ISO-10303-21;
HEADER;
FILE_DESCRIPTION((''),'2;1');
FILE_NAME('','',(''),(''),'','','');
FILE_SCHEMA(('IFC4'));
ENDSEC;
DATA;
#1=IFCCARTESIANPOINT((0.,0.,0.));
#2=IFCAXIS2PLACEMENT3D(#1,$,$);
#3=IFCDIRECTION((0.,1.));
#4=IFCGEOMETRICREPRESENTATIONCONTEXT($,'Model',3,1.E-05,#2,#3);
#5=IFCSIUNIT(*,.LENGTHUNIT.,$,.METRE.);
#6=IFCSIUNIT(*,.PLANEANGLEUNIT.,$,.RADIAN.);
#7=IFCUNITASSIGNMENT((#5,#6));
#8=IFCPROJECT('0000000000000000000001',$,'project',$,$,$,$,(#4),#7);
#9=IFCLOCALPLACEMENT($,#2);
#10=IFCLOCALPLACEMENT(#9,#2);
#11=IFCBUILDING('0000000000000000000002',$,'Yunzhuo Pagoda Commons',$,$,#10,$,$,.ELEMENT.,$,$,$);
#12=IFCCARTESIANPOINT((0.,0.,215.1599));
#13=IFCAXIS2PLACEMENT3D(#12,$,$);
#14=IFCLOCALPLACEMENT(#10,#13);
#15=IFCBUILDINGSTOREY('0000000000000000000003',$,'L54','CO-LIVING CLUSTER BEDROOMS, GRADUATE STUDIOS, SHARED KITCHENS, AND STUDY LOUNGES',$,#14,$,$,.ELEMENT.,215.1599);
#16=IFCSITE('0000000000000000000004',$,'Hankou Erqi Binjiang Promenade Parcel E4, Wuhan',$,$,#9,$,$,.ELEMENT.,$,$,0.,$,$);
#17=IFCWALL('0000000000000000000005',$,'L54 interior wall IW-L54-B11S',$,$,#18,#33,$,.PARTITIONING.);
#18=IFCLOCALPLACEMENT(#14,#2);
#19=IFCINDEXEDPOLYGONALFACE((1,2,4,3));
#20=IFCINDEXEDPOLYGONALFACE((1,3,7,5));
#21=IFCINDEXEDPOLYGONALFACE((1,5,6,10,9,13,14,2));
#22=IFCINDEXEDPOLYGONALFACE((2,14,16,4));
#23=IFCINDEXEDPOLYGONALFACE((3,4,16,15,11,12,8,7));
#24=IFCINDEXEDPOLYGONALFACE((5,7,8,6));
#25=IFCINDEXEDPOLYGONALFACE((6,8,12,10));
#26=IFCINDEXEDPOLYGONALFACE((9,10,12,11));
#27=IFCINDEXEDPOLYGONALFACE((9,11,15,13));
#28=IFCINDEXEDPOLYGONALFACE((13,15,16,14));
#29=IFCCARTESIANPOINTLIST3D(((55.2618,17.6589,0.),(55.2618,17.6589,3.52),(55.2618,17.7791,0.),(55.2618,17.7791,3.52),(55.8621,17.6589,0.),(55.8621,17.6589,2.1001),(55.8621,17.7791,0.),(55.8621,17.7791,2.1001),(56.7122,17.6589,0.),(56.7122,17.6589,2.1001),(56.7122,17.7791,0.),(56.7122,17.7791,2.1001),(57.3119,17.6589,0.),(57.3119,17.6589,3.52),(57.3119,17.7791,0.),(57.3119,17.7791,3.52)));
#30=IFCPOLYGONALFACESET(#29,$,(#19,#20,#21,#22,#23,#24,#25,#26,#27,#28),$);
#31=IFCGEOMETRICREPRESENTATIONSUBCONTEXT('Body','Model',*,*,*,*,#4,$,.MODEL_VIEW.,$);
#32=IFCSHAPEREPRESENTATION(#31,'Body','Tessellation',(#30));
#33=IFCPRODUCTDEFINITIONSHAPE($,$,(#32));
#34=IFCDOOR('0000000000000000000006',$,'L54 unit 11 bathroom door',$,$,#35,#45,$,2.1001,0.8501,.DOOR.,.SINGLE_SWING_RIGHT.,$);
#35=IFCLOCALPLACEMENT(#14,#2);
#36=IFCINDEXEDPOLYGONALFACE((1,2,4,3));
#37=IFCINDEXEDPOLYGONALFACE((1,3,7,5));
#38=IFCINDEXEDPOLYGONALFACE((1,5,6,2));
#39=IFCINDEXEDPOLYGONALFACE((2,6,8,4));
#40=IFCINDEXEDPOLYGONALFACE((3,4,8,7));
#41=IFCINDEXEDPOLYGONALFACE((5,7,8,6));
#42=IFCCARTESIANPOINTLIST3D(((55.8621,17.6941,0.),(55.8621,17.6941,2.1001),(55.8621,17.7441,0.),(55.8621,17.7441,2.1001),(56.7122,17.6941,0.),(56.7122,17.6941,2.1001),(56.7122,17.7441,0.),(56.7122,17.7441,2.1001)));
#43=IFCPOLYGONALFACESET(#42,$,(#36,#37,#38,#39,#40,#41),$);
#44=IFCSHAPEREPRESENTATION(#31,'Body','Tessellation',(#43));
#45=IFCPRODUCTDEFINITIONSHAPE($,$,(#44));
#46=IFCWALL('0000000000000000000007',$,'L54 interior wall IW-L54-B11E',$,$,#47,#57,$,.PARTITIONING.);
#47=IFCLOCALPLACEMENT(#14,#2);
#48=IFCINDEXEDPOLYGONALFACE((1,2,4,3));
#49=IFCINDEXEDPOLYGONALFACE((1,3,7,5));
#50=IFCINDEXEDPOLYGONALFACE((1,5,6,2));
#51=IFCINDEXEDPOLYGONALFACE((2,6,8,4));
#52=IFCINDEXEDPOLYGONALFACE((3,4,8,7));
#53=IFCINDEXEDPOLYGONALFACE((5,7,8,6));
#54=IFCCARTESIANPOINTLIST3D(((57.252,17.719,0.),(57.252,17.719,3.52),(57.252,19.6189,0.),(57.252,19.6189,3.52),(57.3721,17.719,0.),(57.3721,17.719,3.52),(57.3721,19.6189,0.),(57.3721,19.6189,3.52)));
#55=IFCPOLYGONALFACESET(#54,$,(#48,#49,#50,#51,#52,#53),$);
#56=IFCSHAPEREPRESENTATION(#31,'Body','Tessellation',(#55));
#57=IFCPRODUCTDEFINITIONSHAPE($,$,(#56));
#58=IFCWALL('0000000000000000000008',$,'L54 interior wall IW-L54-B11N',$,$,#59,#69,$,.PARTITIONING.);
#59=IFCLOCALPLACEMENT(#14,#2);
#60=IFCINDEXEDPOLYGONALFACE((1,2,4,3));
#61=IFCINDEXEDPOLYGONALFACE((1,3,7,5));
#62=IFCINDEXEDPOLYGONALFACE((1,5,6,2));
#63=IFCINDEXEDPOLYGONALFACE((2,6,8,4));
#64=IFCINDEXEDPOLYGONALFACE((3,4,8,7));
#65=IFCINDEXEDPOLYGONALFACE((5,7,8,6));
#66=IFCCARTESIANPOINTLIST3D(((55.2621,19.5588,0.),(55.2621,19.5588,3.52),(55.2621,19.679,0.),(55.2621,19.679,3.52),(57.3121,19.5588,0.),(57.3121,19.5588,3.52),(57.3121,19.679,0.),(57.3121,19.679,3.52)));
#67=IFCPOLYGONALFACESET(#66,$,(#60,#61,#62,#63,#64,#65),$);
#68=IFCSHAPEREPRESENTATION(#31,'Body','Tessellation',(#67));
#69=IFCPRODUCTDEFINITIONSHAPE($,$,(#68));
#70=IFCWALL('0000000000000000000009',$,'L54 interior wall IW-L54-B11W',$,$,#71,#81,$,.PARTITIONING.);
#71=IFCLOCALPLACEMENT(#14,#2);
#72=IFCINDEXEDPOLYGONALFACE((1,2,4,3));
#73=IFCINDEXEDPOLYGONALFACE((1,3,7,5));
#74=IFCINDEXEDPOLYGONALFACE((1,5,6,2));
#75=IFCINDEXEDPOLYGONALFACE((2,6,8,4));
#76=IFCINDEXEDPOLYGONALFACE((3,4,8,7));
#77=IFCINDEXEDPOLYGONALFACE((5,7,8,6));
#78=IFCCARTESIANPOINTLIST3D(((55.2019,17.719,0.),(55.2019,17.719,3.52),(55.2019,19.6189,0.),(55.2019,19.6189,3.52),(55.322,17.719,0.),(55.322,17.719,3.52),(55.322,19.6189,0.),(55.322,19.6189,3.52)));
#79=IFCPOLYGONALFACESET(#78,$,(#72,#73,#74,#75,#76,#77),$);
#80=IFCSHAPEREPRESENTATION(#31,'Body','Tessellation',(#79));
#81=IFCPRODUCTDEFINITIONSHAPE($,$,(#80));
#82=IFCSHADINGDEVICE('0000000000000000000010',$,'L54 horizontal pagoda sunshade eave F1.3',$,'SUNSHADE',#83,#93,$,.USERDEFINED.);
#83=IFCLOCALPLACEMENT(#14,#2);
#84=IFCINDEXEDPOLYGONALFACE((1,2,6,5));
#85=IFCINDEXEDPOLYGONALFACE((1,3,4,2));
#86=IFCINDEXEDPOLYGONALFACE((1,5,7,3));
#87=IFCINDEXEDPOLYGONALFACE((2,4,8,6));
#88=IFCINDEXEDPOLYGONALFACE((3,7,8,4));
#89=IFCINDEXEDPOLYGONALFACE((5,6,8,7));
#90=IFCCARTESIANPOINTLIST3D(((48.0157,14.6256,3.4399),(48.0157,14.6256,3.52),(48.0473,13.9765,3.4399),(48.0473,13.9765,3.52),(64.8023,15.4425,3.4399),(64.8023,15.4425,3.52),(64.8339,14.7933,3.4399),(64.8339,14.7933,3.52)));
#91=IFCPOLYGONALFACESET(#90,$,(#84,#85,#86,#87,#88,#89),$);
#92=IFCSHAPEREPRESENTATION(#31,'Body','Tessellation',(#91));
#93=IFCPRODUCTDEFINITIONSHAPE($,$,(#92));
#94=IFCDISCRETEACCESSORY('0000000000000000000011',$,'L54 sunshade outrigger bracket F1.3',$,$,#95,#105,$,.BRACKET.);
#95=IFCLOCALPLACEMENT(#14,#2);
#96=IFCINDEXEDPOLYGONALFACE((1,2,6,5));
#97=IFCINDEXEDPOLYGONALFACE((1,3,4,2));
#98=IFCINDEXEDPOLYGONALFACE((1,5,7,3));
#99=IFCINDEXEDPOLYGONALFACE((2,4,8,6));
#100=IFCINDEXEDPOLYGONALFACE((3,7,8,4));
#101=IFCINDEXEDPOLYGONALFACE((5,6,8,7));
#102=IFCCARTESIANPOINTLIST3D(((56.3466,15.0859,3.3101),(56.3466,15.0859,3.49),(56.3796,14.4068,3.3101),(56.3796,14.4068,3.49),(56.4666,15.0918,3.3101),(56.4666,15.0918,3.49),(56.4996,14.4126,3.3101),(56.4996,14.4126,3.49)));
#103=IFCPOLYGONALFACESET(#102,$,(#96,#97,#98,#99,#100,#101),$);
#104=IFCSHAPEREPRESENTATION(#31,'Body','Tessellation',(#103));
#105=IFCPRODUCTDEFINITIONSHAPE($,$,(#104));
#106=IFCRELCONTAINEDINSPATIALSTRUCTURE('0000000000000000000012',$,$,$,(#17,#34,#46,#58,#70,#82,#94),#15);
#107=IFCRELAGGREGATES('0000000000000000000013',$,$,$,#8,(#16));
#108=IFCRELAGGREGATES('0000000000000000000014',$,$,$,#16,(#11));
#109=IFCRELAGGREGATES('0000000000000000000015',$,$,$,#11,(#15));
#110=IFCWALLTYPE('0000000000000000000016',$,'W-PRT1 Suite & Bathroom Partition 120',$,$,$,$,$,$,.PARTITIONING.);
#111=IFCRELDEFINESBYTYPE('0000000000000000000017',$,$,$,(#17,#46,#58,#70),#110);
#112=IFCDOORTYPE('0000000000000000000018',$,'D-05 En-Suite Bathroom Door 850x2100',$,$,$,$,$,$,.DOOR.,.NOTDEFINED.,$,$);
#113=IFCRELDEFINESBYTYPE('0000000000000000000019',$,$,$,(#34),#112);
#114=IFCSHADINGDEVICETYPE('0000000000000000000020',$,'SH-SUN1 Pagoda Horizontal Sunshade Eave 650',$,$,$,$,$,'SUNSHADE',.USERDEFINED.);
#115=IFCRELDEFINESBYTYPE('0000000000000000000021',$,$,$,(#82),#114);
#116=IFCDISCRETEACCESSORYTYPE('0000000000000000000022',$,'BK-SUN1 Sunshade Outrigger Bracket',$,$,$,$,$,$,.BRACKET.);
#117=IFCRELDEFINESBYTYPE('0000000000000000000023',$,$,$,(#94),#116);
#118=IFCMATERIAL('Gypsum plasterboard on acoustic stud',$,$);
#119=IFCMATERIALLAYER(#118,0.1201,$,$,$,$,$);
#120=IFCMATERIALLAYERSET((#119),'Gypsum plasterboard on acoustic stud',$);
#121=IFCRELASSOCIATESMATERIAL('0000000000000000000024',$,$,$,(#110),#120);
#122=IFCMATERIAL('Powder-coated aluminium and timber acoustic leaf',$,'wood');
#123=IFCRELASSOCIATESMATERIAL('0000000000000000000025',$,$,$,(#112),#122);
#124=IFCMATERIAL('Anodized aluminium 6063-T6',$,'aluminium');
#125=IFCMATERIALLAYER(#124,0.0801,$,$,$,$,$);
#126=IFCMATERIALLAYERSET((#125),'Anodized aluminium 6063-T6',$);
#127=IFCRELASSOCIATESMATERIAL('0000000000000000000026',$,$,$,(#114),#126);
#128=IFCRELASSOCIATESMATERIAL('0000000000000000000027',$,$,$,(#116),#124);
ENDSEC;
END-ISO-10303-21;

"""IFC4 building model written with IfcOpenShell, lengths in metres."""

from ifc_helpers import new_model, si_unit, direction, frame, frame_2d, origin, origin_2d, place, context, subcontext, project, spatial, rectangle, extrude, source, transform, mapped, material, layer, layer_set, type_object, element, fill, save


model = new_model("IFC4")

# Units and contexts
model_context = context("Model", 3, precision=1e-05, world=origin(), true_north=direction((0.0, 1.0)))
body_context = subcontext(model_context, "Body", "Model", "MODEL_VIEW")
ifc_project = project(units=[si_unit("LENGTHUNIT", "METRE"), si_unit("PLANEANGLEUNIT", "RADIAN")], contexts=[model_context])

# Site, building, storey
site_placement = place(None, origin())
site = spatial("IfcSite", under=ifc_project, at=site_placement, Name="Hankou Erqi Binjiang Promenade Parcel E4, Wuhan", CompositionType="ELEMENT", RefElevation=0.0)
building_placement = place(site_placement, origin())
building = spatial("IfcBuilding", under=site, at=building_placement, Name="Yunzhuo Pagoda Commons", CompositionType="ELEMENT")
storey_placement = place(building_placement, frame((0.0, 0.0, 215.1599)))
storey = spatial("IfcBuildingStorey", under=building, at=storey_placement, Name="L54", Description="CO-LIVING CLUSTER BEDROOMS, GRADUATE STUDIOS, SHARED KITCHENS, AND STUDY LOUNGES", CompositionType="ELEMENT", Elevation=215.1599)

# Shared definitions
ifc_material_1 = material(Name="Anodized aluminium 6063-T6", Category="aluminium")

# Wall, opening, door
ifc_material_2 = material(Name="Gypsum plasterboard on acoustic stud")
ifc_material_3 = material(Name="Powder-coated aluminium and timber acoustic leaf", Category="wood")
ifc_layer_1 = layer(ifc_material_2, 0.1201)
ifc_layer_set_1 = layer_set([ifc_layer_1], Name="Gypsum plasterboard on acoustic stud")
wall_type_1 = type_object("IfcWallType", Name="W-PRT1 Suite & Bathroom Partition 120", PredefinedType="PARTITIONING", material=ifc_layer_set_1)
wall_1_placement = place(storey_placement, frame((55.262, 17.719, 0.0), z_axis=(0.0, 0.0, 1.0), x_axis=(1.0, 0.0, 0.0)))
wall_1 = element("IfcWall", 1, at=wall_1_placement, inside=storey, type_object=wall_type_1, Name="L54 interior wall IW-L54-B11S", PredefinedType="PARTITIONING", context=body_context, shape_type="SweptSolid", body=[
    extrude(rectangle(XDim=2.05, YDim=0.1201, at=frame_2d((1.0249, 0.0))), origin(), (0.0, 0.0, 1.0), 3.52),
])
opening_1_placement = place(wall_1_placement, frame((0.6001, 0.0, 0.0)))
opening_1 = element("IfcOpeningElement", 2, at=opening_1_placement, cuts=wall_1, PredefinedType="OPENING", context=body_context, shape_type="SweptSolid", body=[
    extrude(rectangle(XDim=0.8501, YDim=2.1001, at=frame_2d((0.425, 1.05))), frame((0.0, 0.0701, 0.0), z_axis=(0.0, -1.0, 0.0), x_axis=(1.0, 0.0, 0.0)), (0.0, 0.0, 1.0), 0.1401),
])
door_type_1 = type_object("IfcDoorType", Name="D-05 En-Suite Bathroom Door 850x2100", OperationType="NOTDEFINED", PredefinedType="DOOR", material=ifc_material_3)
shared_shape_1 = source(origin(), body_context, "Body", "SweptSolid", [
    extrude(rectangle(XDim=0.8501, YDim=2.1001, at=frame_2d((0.425, 1.05))), frame((0.0, 0.0249, 0.0), z_axis=(0.0, -1.0, 0.0), x_axis=(1.0, 0.0, 0.0)), (0.0, 0.0, 1.0), 0.05),
])
door_1_placement = place(opening_1_placement, frame((0.8501, 0.0, 0.0), z_axis=(0.0, 0.0, 1.0), x_axis=(-1.0, 0.0, 0.0)))
door_1 = element("IfcDoor", 3, at=door_1_placement, inside=storey, type_object=door_type_1, Name="L54 unit 11 bathroom door", OperationType="SINGLE_SWING_RIGHT", OverallHeight=2.1001, OverallWidth=0.8501, PredefinedType="DOOR", context=body_context, shape_type="MappedRepresentation", body=[
    mapped(shared_shape_1, transform((0.0, 0.0, 0.0), scale=1.0)),
])
fill(opening_1, door_1)

# Walls
wall_2_placement = place(storey_placement, frame((57.312, 17.719, 0.0), z_axis=(0.0, 0.0, 1.0), x_axis=(0.0, 1.0, 0.0)))
element("IfcWall", 4, at=wall_2_placement, inside=storey, type_object=wall_type_1, Name="L54 interior wall IW-L54-B11E", PredefinedType="PARTITIONING", context=body_context, shape_type="SweptSolid", body=[
    extrude(rectangle(XDim=1.8999, YDim=0.1201, at=frame_2d((0.95, 0.0))), origin(), (0.0, 0.0, 1.0), 3.52),
])
wall_3_placement = place(storey_placement, frame((57.312, 19.6189, 0.0), z_axis=(0.0, 0.0, 1.0), x_axis=(-1.0, 0.0, 0.0)))
element("IfcWall", 5, at=wall_3_placement, inside=storey, type_object=wall_type_1, Name="L54 interior wall IW-L54-B11N", PredefinedType="PARTITIONING", context=body_context, shape_type="SweptSolid", body=[
    extrude(rectangle(XDim=2.05, YDim=0.1201, at=frame_2d((1.0249, 0.0))), origin(), (0.0, 0.0, 1.0), 3.52),
])
wall_4_placement = place(storey_placement, frame((55.262, 19.6189, 0.0), z_axis=(0.0, 0.0, 1.0), x_axis=(0.0, -1.0, 0.0)))
element("IfcWall", 6, at=wall_4_placement, inside=storey, type_object=wall_type_1, Name="L54 interior wall IW-L54-B11W", PredefinedType="PARTITIONING", context=body_context, shape_type="SweptSolid", body=[
    extrude(rectangle(XDim=1.8999, YDim=0.1201, at=frame_2d((0.95, 0.0))), origin(), (0.0, 0.0, 1.0), 3.52),
])

# Shading device
ifc_layer_2 = layer(ifc_material_1, 0.0801)
ifc_layer_set_2 = layer_set([ifc_layer_2], Name="Anodized aluminium 6063-T6")
shading_device_type = type_object("IfcShadingDeviceType", Name="SH-SUN1 Pagoda Horizontal Sunshade Eave 650", ElementType="SUNSHADE", PredefinedType="USERDEFINED", material=ifc_layer_set_2)
shared_shape_2 = source(origin(), body_context, "Body", "SweptSolid", [
    extrude(rectangle(XDim=16.8064, YDim=0.6499, at=origin_2d()), origin(), (0.0, 0.0, 1.0), 0.0801),
])
shading_device_placement = place(storey_placement, frame((56.4248, 14.7095, 3.4399), z_axis=(0.0, 0.0, 1.0), x_axis=(0.998818, 0.048606, 0.0)))
element("IfcShadingDevice", 7, at=shading_device_placement, inside=storey, type_object=shading_device_type, Name="L54 horizontal pagoda sunshade eave F1.3", ObjectType="SUNSHADE", PredefinedType="USERDEFINED", context=body_context, shape_type="MappedRepresentation", body=[
    mapped(shared_shape_2, transform((0.0, 0.0, 0.0), scale=1.0)),
])

# Discrete accessory
discrete_accessory_type = type_object("IfcDiscreteAccessoryType", Name="BK-SUN1 Sunshade Outrigger Bracket", PredefinedType="BRACKET", material=ifc_material_1)
shared_shape_3 = source(origin(), body_context, "Body", "SweptSolid", [
    extrude(rectangle(XDim=0.1201, YDim=0.6799, at=origin_2d()), origin(), (0.0, 0.0, 1.0), 0.1799),
])
discrete_accessory_placement = place(storey_placement, frame((56.4231, 14.7493, 3.3101), z_axis=(0.0, 0.0, 1.0), x_axis=(0.998818, 0.048606, 0.0)))
element("IfcDiscreteAccessory", 8, at=discrete_accessory_placement, inside=storey, type_object=discrete_accessory_type, Name="L54 sunshade outrigger bracket F1.3", PredefinedType="BRACKET", context=body_context, shape_type="MappedRepresentation", body=[
    mapped(shared_shape_3, transform((0.0, 0.0, 0.0), scale=1.0)),
])

save(model, "model.ifc")
